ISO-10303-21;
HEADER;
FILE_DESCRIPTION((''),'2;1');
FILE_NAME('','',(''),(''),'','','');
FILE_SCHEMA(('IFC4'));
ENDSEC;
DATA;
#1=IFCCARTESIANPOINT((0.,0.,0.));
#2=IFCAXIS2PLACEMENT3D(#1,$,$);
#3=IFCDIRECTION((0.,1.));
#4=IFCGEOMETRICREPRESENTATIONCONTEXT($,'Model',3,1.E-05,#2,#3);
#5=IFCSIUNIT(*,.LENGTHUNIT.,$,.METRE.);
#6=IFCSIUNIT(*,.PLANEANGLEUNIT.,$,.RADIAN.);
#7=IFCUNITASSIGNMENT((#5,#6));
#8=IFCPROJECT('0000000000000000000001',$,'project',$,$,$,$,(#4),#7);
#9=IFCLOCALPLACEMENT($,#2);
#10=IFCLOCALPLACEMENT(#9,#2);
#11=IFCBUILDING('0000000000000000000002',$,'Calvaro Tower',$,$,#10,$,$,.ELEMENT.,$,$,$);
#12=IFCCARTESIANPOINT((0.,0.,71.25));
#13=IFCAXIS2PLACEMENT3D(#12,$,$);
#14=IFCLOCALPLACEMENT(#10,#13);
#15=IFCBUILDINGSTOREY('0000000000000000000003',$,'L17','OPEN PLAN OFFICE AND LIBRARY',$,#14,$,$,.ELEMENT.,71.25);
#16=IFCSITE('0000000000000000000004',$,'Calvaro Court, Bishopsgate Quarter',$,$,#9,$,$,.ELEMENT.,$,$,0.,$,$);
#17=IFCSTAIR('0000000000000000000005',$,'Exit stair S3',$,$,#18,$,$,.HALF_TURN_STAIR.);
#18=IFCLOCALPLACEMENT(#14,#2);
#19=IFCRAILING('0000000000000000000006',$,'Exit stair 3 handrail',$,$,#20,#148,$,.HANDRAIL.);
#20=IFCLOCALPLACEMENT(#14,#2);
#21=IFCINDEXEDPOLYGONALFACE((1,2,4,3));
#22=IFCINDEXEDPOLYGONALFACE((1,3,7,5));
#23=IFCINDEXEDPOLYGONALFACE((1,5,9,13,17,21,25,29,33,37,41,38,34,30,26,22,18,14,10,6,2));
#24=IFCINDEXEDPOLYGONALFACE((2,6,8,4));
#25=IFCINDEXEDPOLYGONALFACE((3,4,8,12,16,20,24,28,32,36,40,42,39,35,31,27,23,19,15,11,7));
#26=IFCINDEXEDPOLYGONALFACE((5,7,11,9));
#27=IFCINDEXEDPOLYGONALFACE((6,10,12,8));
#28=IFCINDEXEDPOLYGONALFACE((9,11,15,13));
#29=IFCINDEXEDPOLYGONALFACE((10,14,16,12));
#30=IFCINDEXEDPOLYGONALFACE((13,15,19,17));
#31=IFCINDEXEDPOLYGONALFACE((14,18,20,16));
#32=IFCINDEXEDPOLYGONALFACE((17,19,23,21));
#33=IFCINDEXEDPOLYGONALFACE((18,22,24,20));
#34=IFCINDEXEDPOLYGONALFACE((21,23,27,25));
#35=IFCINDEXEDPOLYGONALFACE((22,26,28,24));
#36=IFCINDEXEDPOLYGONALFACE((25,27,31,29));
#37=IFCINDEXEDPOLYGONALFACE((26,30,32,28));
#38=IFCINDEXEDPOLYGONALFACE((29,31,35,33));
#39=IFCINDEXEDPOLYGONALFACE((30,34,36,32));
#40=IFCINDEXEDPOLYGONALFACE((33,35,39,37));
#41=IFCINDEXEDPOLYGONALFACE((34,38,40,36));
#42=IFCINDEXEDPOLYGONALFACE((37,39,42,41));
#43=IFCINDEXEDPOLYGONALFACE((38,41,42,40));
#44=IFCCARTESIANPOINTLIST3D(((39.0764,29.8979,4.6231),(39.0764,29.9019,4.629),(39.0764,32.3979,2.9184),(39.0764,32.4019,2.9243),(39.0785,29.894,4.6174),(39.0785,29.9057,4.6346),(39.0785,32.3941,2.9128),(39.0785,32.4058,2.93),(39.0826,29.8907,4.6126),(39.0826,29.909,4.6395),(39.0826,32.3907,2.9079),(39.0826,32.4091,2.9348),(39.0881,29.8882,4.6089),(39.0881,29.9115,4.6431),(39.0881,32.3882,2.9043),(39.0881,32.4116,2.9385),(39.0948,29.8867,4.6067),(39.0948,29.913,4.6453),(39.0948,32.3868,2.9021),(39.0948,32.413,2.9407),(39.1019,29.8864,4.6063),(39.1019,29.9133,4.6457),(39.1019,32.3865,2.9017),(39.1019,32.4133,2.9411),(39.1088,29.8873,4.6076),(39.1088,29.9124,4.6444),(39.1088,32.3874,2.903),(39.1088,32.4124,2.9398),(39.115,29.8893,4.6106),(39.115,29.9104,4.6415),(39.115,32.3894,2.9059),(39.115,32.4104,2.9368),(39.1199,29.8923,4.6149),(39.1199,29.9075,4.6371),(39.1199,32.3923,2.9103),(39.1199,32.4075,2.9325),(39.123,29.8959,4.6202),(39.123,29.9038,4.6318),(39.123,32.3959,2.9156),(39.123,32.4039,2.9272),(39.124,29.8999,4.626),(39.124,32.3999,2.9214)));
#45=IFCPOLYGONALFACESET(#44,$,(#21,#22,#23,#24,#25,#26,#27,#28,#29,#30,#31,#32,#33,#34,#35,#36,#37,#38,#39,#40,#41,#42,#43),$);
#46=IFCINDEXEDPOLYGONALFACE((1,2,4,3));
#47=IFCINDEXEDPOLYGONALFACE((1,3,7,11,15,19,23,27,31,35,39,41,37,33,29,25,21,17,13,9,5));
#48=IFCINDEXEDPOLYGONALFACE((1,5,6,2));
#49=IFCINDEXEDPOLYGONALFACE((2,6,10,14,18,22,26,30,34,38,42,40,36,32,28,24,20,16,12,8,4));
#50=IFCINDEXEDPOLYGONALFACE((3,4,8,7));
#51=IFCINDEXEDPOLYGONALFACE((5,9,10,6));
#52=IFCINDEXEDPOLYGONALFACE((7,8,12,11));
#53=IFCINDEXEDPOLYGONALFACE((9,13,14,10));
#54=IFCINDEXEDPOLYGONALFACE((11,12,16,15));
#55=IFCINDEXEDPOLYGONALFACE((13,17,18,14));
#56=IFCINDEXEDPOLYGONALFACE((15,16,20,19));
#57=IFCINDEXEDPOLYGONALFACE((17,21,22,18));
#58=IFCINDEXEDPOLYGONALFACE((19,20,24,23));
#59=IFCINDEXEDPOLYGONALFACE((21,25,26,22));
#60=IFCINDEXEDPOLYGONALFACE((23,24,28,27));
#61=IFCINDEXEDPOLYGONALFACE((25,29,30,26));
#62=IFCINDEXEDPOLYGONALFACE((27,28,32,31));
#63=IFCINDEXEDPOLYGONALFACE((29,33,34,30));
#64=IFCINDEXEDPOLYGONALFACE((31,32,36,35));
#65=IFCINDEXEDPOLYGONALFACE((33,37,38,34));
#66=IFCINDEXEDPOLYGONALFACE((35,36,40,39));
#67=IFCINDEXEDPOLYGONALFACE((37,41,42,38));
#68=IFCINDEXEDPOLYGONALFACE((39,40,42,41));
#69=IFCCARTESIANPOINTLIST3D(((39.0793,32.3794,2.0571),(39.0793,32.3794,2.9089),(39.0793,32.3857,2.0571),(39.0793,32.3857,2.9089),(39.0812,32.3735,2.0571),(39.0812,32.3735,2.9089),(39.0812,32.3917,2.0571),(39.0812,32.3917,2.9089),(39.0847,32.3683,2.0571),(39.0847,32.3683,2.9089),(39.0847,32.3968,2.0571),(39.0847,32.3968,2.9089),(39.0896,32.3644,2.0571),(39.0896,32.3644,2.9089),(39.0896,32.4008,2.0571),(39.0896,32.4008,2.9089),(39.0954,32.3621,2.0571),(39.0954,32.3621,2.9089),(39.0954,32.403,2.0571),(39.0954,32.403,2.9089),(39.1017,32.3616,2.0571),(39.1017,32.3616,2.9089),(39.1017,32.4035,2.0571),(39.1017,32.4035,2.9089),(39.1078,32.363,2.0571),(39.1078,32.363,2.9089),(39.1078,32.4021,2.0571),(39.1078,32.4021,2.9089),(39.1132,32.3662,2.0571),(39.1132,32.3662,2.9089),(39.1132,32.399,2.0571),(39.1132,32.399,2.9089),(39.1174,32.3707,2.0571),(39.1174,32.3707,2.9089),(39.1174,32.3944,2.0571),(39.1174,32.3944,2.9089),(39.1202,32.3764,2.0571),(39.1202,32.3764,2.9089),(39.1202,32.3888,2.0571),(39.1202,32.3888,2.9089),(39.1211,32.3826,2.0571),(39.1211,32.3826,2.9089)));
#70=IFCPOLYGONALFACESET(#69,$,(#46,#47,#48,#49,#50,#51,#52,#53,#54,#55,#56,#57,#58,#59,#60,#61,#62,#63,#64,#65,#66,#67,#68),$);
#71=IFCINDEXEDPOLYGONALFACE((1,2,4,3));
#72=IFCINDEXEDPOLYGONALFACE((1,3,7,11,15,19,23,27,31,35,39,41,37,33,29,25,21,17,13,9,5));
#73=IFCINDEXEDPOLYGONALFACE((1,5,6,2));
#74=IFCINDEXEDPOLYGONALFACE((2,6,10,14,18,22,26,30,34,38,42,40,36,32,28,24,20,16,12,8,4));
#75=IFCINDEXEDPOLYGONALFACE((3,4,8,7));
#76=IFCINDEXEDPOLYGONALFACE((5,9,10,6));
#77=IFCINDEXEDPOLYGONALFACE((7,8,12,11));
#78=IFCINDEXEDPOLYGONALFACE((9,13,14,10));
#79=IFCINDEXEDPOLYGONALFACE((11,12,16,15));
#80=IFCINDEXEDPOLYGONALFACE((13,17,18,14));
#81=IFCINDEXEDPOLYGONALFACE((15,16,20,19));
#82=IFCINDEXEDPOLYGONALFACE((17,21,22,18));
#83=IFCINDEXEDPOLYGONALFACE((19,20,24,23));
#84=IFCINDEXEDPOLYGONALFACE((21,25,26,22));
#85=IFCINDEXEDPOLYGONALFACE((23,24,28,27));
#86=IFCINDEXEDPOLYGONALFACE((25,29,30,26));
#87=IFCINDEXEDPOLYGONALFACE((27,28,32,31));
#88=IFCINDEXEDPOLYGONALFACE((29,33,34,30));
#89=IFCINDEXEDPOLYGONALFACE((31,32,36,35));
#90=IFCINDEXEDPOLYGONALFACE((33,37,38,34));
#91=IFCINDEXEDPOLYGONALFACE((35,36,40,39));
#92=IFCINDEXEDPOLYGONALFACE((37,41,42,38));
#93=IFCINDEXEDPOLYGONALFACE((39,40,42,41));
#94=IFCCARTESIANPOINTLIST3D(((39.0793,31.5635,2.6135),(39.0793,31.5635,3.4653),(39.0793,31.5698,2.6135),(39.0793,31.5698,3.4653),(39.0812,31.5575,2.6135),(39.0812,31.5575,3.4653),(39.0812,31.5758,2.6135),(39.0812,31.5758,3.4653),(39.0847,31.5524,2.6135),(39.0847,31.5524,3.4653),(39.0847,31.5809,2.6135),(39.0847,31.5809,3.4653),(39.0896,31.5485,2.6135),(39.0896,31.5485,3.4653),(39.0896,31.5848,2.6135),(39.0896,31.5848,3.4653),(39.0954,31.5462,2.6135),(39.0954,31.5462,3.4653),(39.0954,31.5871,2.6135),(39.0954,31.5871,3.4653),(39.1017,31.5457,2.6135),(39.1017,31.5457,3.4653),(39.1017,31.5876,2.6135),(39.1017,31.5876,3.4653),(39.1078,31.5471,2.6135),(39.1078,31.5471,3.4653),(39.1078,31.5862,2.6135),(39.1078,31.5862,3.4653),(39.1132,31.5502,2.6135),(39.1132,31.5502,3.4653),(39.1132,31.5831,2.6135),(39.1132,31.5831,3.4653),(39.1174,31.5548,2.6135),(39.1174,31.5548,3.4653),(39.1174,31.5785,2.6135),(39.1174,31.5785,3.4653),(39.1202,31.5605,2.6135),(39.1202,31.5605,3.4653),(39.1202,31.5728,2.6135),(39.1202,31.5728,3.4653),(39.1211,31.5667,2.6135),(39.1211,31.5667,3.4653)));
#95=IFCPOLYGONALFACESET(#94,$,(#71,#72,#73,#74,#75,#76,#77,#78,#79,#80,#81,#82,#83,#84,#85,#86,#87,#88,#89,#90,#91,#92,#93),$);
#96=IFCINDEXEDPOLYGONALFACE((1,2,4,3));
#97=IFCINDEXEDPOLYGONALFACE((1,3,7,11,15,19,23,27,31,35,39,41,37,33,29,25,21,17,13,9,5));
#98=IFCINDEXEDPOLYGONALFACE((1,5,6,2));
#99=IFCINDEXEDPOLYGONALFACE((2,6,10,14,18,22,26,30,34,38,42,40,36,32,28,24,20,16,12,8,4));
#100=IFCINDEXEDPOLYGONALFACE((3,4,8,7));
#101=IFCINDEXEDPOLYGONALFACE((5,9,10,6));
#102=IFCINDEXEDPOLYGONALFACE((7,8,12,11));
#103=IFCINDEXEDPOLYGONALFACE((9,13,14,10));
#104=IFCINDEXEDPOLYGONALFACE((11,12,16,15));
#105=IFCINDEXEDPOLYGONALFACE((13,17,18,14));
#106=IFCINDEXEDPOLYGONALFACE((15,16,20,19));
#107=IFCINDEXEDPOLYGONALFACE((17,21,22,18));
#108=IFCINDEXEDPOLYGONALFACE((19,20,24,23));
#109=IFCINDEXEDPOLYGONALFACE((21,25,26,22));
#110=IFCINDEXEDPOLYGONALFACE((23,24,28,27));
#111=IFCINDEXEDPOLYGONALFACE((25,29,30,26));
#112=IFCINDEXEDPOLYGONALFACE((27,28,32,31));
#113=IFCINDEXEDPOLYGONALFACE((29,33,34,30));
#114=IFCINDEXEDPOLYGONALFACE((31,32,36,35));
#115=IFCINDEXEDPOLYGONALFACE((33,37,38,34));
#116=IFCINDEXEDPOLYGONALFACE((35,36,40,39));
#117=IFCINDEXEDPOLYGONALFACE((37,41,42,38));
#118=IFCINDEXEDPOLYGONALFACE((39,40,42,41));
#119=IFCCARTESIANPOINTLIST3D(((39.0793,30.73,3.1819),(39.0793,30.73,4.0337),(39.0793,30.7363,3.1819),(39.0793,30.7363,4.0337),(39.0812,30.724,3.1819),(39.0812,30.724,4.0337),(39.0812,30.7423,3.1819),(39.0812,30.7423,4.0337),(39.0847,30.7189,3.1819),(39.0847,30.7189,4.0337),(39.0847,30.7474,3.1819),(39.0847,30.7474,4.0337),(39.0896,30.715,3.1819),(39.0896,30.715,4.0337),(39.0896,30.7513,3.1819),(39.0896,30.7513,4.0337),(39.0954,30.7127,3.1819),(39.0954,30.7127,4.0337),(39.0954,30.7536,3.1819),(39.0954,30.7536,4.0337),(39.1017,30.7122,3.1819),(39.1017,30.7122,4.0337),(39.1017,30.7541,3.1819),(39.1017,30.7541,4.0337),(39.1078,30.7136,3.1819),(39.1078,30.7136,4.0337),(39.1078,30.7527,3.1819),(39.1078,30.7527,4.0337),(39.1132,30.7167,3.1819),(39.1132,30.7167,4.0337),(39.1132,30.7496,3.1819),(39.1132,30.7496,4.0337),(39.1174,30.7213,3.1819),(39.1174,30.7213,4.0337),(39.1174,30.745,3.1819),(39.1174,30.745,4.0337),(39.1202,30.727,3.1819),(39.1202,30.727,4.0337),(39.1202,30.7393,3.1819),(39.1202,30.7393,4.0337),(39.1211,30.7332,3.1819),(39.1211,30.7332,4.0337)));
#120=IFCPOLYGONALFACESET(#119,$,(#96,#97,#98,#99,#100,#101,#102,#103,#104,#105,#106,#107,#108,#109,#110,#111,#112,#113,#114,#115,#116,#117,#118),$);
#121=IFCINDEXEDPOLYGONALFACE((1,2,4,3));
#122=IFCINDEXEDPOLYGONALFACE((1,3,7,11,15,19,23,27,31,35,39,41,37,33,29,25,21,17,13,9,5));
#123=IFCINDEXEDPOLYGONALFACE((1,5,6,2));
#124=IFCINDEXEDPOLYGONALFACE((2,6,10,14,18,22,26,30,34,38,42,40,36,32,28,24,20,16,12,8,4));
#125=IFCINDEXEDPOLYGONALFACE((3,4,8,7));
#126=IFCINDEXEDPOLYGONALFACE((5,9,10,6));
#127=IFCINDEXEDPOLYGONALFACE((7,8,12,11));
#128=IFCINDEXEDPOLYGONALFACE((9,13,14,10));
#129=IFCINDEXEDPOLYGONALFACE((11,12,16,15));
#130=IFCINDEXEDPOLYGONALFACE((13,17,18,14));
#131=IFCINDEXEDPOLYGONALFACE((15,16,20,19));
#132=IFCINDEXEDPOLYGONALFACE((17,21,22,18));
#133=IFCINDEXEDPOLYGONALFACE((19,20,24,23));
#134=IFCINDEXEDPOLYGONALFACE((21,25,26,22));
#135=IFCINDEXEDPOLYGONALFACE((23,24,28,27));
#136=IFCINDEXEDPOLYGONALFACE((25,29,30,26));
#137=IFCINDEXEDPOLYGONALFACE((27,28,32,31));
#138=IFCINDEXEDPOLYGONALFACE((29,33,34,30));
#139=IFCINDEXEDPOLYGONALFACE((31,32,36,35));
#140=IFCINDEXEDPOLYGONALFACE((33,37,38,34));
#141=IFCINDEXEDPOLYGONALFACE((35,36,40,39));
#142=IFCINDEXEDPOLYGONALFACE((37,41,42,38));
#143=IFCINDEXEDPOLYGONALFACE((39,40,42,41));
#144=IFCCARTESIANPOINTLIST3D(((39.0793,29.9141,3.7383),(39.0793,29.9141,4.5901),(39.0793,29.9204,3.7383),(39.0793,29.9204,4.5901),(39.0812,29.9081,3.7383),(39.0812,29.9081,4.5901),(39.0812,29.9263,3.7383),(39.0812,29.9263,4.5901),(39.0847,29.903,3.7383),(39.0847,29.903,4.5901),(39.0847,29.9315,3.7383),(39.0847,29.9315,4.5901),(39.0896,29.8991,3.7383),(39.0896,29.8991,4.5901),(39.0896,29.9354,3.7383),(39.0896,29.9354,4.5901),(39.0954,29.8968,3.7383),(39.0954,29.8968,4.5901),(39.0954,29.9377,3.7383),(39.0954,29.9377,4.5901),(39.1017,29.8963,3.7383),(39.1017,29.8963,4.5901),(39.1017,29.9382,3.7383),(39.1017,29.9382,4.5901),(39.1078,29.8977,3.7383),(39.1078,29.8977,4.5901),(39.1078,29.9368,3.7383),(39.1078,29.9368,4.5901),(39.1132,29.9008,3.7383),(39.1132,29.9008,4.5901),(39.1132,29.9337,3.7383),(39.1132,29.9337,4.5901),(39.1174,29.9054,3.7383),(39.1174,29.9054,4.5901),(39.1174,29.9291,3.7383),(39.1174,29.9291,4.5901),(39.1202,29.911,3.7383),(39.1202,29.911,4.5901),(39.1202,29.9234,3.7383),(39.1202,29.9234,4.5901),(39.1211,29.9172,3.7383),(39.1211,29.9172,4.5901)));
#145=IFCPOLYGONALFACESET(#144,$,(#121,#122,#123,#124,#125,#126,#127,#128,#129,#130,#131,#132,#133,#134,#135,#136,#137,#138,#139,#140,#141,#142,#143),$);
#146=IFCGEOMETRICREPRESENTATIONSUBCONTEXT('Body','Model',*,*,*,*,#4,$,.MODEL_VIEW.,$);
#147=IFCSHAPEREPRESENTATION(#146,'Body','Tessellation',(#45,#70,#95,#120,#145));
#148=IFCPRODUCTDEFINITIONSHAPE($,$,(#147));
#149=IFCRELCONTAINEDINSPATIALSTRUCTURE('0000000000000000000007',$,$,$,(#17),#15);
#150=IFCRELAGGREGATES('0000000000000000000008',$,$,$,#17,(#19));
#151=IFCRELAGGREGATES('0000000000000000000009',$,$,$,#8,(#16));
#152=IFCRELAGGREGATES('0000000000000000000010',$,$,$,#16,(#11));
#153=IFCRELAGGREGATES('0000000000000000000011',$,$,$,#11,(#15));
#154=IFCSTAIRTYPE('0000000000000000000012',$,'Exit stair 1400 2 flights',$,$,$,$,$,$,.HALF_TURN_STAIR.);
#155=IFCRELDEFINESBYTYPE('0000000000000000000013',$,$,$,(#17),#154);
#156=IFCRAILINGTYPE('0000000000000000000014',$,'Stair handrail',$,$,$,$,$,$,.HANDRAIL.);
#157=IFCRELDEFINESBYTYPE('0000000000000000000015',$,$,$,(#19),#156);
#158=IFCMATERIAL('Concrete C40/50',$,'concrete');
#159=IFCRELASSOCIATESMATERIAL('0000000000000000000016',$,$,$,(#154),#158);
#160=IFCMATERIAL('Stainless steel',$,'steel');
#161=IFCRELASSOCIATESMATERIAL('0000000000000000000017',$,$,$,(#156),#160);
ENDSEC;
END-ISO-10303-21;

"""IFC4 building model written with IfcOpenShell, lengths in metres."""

from ifc_helpers import new_model, si_unit, direction, frame, origin, origin_2d, place, context, subcontext, project, spatial, circle, extrude, material, type_object, element, aggregate, save


model = new_model("IFC4")

# Units and contexts
model_context = context("Model", 3, precision=1e-05, world=origin(), true_north=direction((0.0, 1.0)))
body_context = subcontext(model_context, "Body", "Model", "MODEL_VIEW")
ifc_project = project(units=[si_unit("LENGTHUNIT", "METRE"), si_unit("PLANEANGLEUNIT", "RADIAN")], contexts=[model_context])

# Site, building, storey
site_placement = place(None, origin())
site = spatial("IfcSite", under=ifc_project, at=site_placement, Name="Calvaro Court, Bishopsgate Quarter", CompositionType="ELEMENT", RefElevation=0.0)
building_placement = place(site_placement, origin())
building = spatial("IfcBuilding", under=site, at=building_placement, Name="Calvaro Tower", CompositionType="ELEMENT")
storey_placement = place(building_placement, frame((0.0, 0.0, 71.25)))
storey = spatial("IfcBuildingStorey", under=building, at=storey_placement, Name="L17", Description="OPEN PLAN OFFICE AND LIBRARY", CompositionType="ELEMENT", Elevation=71.25)

# Stair
ifc_material_1 = material(Name="Concrete C40/50", Category="concrete")
stair_type = type_object("IfcStairType", Name="Exit stair 1400 2 flights", PredefinedType="HALF_TURN_STAIR", material=ifc_material_1)
stair_1_placement = place(storey_placement, origin())
stair_1 = element("IfcStair", 1, at=stair_1_placement, inside=storey, type_object=stair_type, Name="Exit stair S3", PredefinedType="HALF_TURN_STAIR")

# Railing
ifc_material_2 = material(Name="Stainless steel", Category="steel")
railing_type = type_object("IfcRailingType", Name="Stair handrail", PredefinedType="HANDRAIL", material=ifc_material_2)
railing_1_placement = place(storey_placement, frame((39.1001, 32.3999, 2.0454)))
railing_1 = element("IfcRailing", 2, at=railing_1_placement, type_object=railing_type, Name="Exit stair 3 handrail", PredefinedType="HANDRAIL", context=body_context, shape_type="SweptSolid", body=[
    extrude(circle(Radius=0.0239, at=origin_2d()), frame((0.0, 0.0, 0.876), z_axis=(0.0, -0.826221, 0.563347), x_axis=(1.0, 0.0, 0.0)), (0.0, 0.0, 1.0), 3.0259),
    extrude(circle(Radius=0.021, at=origin_2d()), frame((0.0, -0.0173, 0.0117)), (0.0, 0.0, 1.0), 0.8518),
    extrude(circle(Radius=0.021, at=origin_2d()), frame((0.0, -0.8333, 0.5681)), (0.0, 0.0, 1.0), 0.8518),
    extrude(circle(Radius=0.021, at=origin_2d()), frame((0.0, -1.6667, 1.1365)), (0.0, 0.0, 1.0), 0.8518),
    extrude(circle(Radius=0.021, at=origin_2d()), frame((0.0, -2.4827, 1.6929)), (0.0, 0.0, 1.0), 0.8518),
])
aggregate(stair_1, [railing_1])

save(model, "model.ifc")
